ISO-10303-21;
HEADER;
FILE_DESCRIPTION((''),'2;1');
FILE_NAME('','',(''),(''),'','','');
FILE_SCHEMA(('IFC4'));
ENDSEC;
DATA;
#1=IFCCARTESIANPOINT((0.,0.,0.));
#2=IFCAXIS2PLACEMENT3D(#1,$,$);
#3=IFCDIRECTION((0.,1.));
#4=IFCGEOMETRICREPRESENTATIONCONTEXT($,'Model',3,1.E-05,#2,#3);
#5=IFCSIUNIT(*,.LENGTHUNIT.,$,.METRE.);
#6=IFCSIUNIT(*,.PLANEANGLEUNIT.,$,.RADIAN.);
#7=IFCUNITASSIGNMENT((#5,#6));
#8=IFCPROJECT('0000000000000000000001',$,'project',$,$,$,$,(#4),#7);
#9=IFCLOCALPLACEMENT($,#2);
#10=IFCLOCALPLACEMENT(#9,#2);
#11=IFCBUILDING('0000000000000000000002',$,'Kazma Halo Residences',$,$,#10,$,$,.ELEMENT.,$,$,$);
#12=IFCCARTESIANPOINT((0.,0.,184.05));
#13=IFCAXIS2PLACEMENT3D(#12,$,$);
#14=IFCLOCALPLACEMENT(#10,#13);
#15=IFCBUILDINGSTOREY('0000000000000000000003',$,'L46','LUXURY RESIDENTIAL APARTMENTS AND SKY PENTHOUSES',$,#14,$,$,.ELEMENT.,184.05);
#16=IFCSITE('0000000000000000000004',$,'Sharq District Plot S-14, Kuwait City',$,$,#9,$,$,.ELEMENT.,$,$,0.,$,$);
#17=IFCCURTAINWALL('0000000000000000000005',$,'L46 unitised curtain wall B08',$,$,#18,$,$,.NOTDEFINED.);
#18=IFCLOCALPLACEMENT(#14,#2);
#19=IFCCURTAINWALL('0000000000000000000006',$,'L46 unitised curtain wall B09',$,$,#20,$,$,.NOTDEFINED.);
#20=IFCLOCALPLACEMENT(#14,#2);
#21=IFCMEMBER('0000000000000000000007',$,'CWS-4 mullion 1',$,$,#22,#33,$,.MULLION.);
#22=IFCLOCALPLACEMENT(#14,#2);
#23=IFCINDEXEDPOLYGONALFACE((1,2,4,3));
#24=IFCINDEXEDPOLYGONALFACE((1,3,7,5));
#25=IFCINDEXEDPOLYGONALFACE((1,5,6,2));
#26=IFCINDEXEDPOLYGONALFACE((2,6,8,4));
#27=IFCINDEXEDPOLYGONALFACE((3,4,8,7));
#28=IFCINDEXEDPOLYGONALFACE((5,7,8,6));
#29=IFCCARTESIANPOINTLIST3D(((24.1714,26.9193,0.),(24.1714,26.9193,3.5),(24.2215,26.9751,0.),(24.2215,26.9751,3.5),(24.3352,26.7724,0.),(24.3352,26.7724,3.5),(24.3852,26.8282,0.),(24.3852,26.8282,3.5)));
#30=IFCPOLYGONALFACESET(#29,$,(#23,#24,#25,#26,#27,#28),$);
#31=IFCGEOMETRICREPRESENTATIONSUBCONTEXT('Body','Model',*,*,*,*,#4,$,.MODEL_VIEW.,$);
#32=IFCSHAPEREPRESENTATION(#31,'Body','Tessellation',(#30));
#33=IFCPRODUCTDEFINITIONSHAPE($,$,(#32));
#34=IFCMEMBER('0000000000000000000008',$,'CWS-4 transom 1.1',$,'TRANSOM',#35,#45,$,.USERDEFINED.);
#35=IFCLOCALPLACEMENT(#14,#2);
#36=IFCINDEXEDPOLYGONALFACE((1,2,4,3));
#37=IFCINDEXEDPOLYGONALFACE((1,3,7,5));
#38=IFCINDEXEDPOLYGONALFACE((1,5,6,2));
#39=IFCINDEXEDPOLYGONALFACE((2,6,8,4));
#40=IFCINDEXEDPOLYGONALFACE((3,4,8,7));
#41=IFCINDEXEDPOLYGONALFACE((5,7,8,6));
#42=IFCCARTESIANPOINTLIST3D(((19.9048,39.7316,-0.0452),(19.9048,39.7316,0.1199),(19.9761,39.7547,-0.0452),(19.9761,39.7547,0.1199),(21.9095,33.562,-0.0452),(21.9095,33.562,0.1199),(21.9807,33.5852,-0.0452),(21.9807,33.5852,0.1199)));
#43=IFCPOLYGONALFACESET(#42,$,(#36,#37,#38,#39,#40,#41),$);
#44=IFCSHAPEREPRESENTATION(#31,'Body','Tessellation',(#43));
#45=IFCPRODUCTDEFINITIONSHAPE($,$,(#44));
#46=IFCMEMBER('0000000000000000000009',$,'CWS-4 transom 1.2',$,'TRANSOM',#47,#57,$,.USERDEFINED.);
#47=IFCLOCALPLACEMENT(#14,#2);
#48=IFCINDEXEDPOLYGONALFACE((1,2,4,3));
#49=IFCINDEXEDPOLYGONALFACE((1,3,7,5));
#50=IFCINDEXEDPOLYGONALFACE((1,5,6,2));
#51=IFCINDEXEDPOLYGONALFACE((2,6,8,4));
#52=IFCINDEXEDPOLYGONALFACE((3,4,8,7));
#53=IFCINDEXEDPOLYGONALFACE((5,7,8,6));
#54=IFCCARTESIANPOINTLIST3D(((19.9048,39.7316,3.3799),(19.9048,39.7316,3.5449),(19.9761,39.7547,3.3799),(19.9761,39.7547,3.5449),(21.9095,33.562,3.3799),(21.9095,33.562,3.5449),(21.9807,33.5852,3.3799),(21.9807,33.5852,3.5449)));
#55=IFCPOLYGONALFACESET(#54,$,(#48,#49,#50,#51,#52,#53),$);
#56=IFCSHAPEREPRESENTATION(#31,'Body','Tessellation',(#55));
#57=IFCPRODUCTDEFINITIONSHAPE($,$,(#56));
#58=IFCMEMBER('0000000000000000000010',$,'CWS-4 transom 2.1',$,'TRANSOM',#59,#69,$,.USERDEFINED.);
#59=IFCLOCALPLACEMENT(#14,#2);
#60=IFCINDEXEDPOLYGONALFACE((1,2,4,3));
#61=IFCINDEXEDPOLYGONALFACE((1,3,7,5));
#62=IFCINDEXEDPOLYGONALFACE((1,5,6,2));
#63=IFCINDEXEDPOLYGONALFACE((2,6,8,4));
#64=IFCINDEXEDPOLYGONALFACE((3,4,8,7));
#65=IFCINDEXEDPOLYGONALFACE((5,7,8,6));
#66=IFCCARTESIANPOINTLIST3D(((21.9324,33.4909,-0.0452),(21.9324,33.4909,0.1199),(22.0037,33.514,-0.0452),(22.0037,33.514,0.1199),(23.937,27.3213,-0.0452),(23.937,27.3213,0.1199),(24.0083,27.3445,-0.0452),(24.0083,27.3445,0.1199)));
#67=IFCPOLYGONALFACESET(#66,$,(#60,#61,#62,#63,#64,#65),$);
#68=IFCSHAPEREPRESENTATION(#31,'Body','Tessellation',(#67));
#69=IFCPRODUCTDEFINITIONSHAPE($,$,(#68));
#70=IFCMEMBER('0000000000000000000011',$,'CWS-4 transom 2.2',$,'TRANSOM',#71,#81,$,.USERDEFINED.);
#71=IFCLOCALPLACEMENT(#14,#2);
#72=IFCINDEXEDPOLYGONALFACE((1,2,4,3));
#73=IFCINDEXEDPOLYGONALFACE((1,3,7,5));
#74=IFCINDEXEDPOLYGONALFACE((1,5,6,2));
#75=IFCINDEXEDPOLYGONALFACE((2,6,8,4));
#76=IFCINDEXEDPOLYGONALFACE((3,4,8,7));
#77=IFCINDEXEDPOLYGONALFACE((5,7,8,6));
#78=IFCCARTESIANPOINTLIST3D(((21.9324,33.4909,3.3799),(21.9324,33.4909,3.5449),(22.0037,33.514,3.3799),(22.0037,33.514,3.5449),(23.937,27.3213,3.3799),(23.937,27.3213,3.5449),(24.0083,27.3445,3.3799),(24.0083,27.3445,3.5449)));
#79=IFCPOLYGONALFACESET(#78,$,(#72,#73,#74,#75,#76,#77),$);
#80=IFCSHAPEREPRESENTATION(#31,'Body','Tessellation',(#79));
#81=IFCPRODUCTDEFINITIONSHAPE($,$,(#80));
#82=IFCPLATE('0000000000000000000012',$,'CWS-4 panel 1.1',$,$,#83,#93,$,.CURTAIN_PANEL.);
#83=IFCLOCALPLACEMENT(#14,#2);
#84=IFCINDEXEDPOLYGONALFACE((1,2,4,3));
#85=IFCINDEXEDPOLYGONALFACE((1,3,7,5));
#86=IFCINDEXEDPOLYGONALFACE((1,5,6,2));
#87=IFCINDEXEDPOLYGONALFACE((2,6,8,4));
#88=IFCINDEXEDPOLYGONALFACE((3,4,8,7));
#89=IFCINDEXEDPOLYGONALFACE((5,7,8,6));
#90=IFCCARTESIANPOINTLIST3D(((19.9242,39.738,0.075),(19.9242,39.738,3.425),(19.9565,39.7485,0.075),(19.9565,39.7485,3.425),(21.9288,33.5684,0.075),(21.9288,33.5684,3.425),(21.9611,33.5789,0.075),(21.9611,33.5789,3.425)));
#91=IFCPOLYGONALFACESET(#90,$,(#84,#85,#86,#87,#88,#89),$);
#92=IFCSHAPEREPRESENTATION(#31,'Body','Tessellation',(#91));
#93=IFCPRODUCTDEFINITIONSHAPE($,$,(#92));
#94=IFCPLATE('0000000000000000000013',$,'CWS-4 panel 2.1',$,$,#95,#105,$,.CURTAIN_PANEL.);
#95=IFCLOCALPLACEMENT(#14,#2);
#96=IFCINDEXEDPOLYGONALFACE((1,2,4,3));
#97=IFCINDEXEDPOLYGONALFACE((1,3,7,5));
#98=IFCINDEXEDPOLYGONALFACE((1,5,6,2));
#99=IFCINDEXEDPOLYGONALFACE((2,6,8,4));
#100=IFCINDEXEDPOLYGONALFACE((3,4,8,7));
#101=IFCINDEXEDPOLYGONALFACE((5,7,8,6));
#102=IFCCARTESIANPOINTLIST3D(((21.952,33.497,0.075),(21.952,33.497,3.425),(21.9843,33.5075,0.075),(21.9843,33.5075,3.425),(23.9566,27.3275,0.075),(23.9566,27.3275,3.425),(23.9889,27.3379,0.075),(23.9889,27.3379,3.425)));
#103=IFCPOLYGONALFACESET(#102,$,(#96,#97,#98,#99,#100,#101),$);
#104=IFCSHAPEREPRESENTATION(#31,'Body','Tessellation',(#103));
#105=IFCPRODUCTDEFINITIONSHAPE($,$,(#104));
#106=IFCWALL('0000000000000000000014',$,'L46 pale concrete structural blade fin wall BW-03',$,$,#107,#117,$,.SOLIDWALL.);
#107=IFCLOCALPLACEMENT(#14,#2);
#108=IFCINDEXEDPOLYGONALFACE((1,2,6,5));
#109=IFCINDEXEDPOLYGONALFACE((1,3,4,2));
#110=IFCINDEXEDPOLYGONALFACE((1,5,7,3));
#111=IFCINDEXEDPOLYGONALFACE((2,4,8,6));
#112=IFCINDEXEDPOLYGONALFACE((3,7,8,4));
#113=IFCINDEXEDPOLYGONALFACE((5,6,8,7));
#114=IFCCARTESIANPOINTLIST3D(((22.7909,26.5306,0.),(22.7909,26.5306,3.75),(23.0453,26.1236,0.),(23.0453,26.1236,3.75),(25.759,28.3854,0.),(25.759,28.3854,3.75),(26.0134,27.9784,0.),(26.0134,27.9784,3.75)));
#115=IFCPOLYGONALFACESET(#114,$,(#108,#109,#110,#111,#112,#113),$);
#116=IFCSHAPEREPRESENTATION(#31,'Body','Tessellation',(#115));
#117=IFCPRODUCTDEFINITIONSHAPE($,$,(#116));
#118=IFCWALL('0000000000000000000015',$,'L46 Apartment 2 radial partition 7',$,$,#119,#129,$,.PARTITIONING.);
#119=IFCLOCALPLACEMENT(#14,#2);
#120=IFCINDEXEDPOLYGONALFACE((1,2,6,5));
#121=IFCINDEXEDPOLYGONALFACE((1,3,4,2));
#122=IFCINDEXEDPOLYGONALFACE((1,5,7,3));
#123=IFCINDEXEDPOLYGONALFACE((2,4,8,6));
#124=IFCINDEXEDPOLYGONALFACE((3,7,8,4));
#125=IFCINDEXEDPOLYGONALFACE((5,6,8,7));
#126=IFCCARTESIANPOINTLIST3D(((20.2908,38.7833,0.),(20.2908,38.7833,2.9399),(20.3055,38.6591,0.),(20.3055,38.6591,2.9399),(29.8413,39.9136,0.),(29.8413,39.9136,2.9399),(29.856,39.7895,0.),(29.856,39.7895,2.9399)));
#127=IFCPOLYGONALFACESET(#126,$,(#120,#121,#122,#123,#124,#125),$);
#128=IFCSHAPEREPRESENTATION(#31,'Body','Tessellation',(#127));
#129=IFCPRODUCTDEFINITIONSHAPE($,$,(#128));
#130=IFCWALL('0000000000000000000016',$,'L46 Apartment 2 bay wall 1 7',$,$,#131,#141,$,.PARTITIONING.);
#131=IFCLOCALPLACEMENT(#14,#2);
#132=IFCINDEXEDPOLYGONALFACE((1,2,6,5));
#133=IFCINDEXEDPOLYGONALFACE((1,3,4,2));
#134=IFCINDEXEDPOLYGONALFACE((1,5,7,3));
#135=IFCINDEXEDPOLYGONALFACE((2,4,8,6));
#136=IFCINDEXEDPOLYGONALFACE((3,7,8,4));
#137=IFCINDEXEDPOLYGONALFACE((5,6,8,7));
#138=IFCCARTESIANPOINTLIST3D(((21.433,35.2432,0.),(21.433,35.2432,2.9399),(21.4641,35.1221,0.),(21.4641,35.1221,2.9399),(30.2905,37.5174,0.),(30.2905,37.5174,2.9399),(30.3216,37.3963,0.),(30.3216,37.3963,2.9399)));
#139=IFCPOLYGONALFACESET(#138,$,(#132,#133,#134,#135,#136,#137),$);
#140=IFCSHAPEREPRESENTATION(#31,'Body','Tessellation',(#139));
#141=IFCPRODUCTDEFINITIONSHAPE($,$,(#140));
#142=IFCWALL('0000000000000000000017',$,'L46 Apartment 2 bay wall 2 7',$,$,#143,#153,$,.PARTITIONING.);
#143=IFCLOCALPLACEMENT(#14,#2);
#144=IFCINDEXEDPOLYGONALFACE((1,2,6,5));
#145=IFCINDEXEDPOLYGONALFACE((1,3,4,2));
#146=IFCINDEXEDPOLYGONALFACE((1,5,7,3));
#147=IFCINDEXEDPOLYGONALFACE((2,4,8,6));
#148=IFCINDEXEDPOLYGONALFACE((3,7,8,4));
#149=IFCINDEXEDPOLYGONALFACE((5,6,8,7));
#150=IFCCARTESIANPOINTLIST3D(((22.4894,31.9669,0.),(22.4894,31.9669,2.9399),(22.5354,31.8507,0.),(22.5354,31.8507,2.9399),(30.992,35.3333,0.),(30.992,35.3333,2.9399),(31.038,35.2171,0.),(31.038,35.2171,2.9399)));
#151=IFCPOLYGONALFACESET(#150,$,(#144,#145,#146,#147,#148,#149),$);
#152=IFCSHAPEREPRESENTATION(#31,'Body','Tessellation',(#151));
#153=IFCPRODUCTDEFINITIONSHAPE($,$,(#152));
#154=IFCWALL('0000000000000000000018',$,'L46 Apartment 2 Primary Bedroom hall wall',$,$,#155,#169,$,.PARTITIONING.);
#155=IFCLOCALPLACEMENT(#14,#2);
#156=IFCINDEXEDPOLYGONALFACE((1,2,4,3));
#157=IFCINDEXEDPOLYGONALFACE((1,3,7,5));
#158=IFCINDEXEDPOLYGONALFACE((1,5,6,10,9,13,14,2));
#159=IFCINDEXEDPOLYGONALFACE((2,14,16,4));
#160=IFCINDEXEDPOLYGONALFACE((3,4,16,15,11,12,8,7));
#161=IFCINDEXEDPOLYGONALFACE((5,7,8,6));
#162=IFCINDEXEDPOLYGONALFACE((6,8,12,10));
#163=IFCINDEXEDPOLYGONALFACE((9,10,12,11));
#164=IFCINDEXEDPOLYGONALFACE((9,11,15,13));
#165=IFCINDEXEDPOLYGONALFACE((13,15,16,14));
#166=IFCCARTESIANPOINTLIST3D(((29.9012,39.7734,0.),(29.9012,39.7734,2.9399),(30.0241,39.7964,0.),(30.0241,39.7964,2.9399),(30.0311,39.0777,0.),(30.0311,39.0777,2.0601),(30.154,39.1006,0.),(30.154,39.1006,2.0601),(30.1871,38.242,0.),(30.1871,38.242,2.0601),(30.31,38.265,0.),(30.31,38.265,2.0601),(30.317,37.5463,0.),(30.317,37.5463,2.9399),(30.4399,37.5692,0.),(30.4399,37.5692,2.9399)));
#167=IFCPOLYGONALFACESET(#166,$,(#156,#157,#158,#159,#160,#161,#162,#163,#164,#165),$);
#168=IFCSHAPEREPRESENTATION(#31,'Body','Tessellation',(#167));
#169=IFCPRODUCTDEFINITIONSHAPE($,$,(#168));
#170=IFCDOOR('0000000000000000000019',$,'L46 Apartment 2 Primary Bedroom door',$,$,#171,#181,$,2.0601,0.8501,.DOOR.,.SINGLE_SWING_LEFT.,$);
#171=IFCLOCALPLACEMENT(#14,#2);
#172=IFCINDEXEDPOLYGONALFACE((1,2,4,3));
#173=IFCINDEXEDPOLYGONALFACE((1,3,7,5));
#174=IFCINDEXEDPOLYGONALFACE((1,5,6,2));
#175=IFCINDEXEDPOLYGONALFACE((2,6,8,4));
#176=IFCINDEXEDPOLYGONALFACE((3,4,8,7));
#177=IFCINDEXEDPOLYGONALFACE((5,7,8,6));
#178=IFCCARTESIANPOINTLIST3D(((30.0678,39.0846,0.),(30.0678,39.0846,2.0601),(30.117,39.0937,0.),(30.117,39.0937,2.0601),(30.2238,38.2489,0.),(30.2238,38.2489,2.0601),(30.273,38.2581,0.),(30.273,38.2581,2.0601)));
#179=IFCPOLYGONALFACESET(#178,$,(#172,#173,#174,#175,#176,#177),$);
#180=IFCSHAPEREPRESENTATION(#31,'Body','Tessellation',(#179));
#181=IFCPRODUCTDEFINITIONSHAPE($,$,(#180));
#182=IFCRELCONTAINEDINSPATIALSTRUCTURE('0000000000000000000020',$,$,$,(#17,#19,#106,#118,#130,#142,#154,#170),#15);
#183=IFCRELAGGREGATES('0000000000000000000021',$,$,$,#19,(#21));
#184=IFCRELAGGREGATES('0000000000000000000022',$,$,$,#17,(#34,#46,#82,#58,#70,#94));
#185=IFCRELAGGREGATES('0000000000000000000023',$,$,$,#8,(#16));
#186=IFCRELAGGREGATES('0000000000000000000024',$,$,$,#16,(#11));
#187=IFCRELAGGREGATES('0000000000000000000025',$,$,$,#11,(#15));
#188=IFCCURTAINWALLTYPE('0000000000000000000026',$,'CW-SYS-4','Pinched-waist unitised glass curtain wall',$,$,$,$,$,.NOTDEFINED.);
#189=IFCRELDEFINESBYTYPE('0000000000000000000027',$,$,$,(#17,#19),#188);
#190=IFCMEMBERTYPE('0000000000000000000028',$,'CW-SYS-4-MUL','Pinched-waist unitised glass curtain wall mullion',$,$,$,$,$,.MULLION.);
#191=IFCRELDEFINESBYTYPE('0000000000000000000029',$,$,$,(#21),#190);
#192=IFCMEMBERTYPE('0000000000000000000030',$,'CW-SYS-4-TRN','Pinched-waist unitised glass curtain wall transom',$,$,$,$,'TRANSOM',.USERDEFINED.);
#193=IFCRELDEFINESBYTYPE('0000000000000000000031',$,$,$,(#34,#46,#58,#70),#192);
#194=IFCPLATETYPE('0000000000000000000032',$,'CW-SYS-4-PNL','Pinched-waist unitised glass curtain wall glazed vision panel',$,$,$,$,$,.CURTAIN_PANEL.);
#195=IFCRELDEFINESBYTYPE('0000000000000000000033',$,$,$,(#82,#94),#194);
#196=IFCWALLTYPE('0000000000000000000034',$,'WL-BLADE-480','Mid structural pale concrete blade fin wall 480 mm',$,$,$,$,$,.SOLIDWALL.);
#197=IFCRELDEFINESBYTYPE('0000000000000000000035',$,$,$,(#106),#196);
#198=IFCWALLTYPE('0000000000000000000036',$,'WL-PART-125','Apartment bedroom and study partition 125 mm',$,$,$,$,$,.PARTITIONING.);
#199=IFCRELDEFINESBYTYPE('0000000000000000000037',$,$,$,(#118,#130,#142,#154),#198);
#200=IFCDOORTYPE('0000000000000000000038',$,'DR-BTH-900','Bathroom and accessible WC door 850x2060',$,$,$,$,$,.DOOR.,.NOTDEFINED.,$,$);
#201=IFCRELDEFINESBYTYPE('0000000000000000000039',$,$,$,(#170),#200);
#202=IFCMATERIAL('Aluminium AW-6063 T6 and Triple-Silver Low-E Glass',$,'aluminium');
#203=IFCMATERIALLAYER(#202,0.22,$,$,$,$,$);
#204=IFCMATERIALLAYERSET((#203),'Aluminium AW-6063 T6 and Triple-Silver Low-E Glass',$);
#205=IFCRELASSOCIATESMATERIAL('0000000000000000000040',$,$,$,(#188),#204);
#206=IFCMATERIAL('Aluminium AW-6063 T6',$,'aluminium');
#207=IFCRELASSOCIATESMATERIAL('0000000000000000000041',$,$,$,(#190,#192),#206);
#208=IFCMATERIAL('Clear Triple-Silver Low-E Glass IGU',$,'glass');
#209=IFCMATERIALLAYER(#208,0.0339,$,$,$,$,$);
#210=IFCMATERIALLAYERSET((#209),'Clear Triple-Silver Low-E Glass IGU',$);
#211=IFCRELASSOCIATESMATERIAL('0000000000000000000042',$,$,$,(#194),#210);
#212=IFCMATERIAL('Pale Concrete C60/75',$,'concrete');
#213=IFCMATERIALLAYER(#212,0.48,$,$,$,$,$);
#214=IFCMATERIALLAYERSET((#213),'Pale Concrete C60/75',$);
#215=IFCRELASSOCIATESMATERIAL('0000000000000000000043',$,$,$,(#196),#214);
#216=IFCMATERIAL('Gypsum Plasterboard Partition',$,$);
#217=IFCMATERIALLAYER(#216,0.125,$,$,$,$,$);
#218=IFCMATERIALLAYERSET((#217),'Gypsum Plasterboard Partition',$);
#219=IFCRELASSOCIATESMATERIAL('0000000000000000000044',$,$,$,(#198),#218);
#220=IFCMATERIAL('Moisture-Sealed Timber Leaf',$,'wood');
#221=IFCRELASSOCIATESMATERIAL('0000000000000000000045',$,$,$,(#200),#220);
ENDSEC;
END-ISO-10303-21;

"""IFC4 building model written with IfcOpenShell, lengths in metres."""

from ifc_helpers import new_model, si_unit, direction, frame, frame_2d, origin, origin_2d, place, context, subcontext, project, spatial, rectangle, extrude, material, layer, layer_set, material_profile, profile_set, type_object, element, fill, aggregate, save


model = new_model("IFC4")

# Units and contexts
model_context = context("Model", 3, precision=1e-05, world=origin(), true_north=direction((0.0, 1.0)))
body_context = subcontext(model_context, "Body", "Model", "MODEL_VIEW")
ifc_project = project(units=[si_unit("LENGTHUNIT", "METRE"), si_unit("PLANEANGLEUNIT", "RADIAN")], contexts=[model_context])

# Site, building, storey
site_placement = place(None, origin())
site = spatial("IfcSite", under=ifc_project, at=site_placement, Name="Sharq District Plot S-14, Kuwait City", CompositionType="ELEMENT", RefElevation=0.0)
building_placement = place(site_placement, origin())
building = spatial("IfcBuilding", under=site, at=building_placement, Name="Kazma Halo Residences", CompositionType="ELEMENT")
storey_placement = place(building_placement, frame((0.0, 0.0, 184.05)))
storey = spatial("IfcBuildingStorey", under=building, at=storey_placement, Name="L46", Description="LUXURY RESIDENTIAL APARTMENTS AND SKY PENTHOUSES", CompositionType="ELEMENT", Elevation=184.05)

# Curtain wall
ifc_material_1 = material(Name="Aluminium AW-6063 T6 and Triple-Silver Low-E Glass", Category="aluminium")
ifc_layer_1 = layer(ifc_material_1, 0.22)
ifc_layer_set_1 = layer_set([ifc_layer_1], Name="Aluminium AW-6063 T6 and Triple-Silver Low-E Glass")
curtain_wall_type = type_object("IfcCurtainWallType", Name="CW-SYS-4", Description="Pinched-waist unitised glass curtain wall", PredefinedType="NOTDEFINED", material=ifc_layer_set_1)
curtain_wall_1_placement = place(storey_placement, origin())
curtain_wall_1 = element("IfcCurtainWall", 1, at=curtain_wall_1_placement, inside=storey, type_object=curtain_wall_type, Name="L46 unitised curtain wall B08", PredefinedType="NOTDEFINED")
ifc_material_2 = material(Name="Aluminium AW-6063 T6", Category="aluminium")
ifc_material_profile_1 = material_profile(ifc_material_2, rectangle(XDim=0.075, YDim=0.22, at=origin_2d()), Name="CWM-75x220")
ifc_profile_set_1 = profile_set([ifc_material_profile_1], Name="Aluminium AW-6063 T6")
member_type_1 = type_object("IfcMemberType", Name="CW-SYS-4-MUL", Description="Pinched-waist unitised glass curtain wall mullion", PredefinedType="MULLION", material=ifc_profile_set_1)

# Curtain wall, member
curtain_wall_2_placement = place(storey_placement, origin())
curtain_wall_2 = element("IfcCurtainWall", 2, at=curtain_wall_2_placement, inside=storey, type_object=curtain_wall_type, Name="L46 unitised curtain wall B09", PredefinedType="NOTDEFINED")
member_1_placement = place(storey_placement, frame((24.2783, 26.8738, 0.0), z_axis=(0.0, 0.0, 1.0), x_axis=(0.667784, 0.744355, 0.0)))
member_1 = element("IfcMember", 3, at=member_1_placement, type_object=member_type_1, Name="CWS-4 mullion 1", PredefinedType="MULLION", context=body_context, shape_type="SweptSolid", body=[
    extrude(rectangle(XDim=0.075, YDim=0.22, at=origin_2d()), origin(), (0.0, 0.0, 1.0), 3.5),
])
aggregate(curtain_wall_2, [member_1])

# Members
ifc_material_profile_2 = material_profile(ifc_material_2, rectangle(XDim=0.075, YDim=0.165, at=origin_2d()), Name="CWT-75x165")
ifc_profile_set_2 = profile_set([ifc_material_profile_2], Name="Aluminium AW-6063 T6")
member_type_2 = type_object("IfcMemberType", Name="CW-SYS-4-TRN", Description="Pinched-waist unitised glass curtain wall transom", ElementType="TRANSOM", PredefinedType="USERDEFINED", material=ifc_profile_set_2)
member_2_placement = place(storey_placement, frame((19.9404, 39.7432, 0.0374), z_axis=(0.309027, -0.951053, 0.0), x_axis=(0.951053, 0.309027, 0.0)))
member_2 = element("IfcMember", 4, at=member_2_placement, type_object=member_type_2, Name="CWS-4 transom 1.1", ObjectType="TRANSOM", PredefinedType="USERDEFINED", context=body_context, shape_type="SweptSolid", body=[
    extrude(rectangle(XDim=0.075, YDim=0.165, at=origin_2d()), origin(), (0.0, 0.0, 1.0), 6.4871),
])
member_3_placement = place(storey_placement, frame((19.9404, 39.7432, 3.4624), z_axis=(0.309027, -0.951053, 0.0), x_axis=(0.951053, 0.309027, 0.0)))
member_3 = element("IfcMember", 5, at=member_3_placement, type_object=member_type_2, Name="CWS-4 transom 1.2", ObjectType="TRANSOM", PredefinedType="USERDEFINED", context=body_context, shape_type="SweptSolid", body=[
    extrude(rectangle(XDim=0.075, YDim=0.165, at=origin_2d()), origin(), (0.0, 0.0, 1.0), 6.4871),
])
member_4_placement = place(storey_placement, frame((21.968, 33.5024, 0.0374), z_axis=(0.309015, -0.951057, 0.0), x_axis=(0.951057, 0.309015, 0.0)))
member_4 = element("IfcMember", 6, at=member_4_placement, type_object=member_type_2, Name="CWS-4 transom 2.1", ObjectType="TRANSOM", PredefinedType="USERDEFINED", context=body_context, shape_type="SweptSolid", body=[
    extrude(rectangle(XDim=0.075, YDim=0.165, at=origin_2d()), origin(), (0.0, 0.0, 1.0), 6.4871),
])
member_5_placement = place(storey_placement, frame((21.968, 33.5024, 3.4624), z_axis=(0.309015, -0.951057, 0.0), x_axis=(0.951057, 0.309015, 0.0)))
member_5 = element("IfcMember", 7, at=member_5_placement, type_object=member_type_2, Name="CWS-4 transom 2.2", ObjectType="TRANSOM", PredefinedType="USERDEFINED", context=body_context, shape_type="SweptSolid", body=[
    extrude(rectangle(XDim=0.075, YDim=0.165, at=origin_2d()), origin(), (0.0, 0.0, 1.0), 6.4871),
])

# Plates
ifc_material_3 = material(Name="Clear Triple-Silver Low-E Glass IGU", Category="glass")
ifc_layer_2 = layer(ifc_material_3, 0.0339)
ifc_layer_set_2 = layer_set([ifc_layer_2], Name="Clear Triple-Silver Low-E Glass IGU")
plate_type = type_object("IfcPlateType", Name="CW-SYS-4-PNL", Description="Pinched-waist unitised glass curtain wall glazed vision panel", PredefinedType="CURTAIN_PANEL", material=ifc_layer_set_2)
plate_1_placement = place(storey_placement, frame((20.9426, 36.6584, 0.075), z_axis=(0.0, 0.0, 1.0), x_axis=(0.309016, -0.951057, 0.0)))
plate_1 = element("IfcPlate", 8, at=plate_1_placement, type_object=plate_type, Name="CWS-4 panel 1.1", PredefinedType="CURTAIN_PANEL", context=body_context, shape_type="SweptSolid", body=[
    extrude(rectangle(XDim=6.4871, YDim=0.0339, at=origin_2d()), origin(), (0.0, 0.0, 1.0), 3.3501),
])
plate_2_placement = place(storey_placement, frame((22.9705, 30.4175, 0.075), z_axis=(0.0, 0.0, 1.0), x_axis=(0.309016, -0.951057, 0.0)))
plate_2 = element("IfcPlate", 9, at=plate_2_placement, type_object=plate_type, Name="CWS-4 panel 2.1", PredefinedType="CURTAIN_PANEL", context=body_context, shape_type="SweptSolid", body=[
    extrude(rectangle(XDim=6.4871, YDim=0.0339, at=origin_2d()), origin(), (0.0, 0.0, 1.0), 3.3501),
])
aggregate(curtain_wall_1, [member_2, member_3, plate_1, member_4, member_5, plate_2])

# Walls
ifc_material_4 = material(Name="Pale Concrete C60/75", Category="concrete")
ifc_layer_3 = layer(ifc_material_4, 0.48)
ifc_layer_set_3 = layer_set([ifc_layer_3], Name="Pale Concrete C60/75")
wall_type_1 = type_object("IfcWallType", Name="WL-BLADE-480", Description="Mid structural pale concrete blade fin wall 480 mm", PredefinedType="SOLIDWALL", material=ifc_layer_set_3)
wall_1_placement = place(storey_placement, frame((25.8862, 28.1819, 0.0), z_axis=(0.0, 0.0, 1.0), x_axis=(-0.848034, -0.529943, 0.0)))
element("IfcWall", 10, at=wall_1_placement, inside=storey, type_object=wall_type_1, Name="L46 pale concrete structural blade fin wall BW-03", PredefinedType="SOLIDWALL", context=body_context, shape_type="SweptSolid", body=[
    extrude(rectangle(XDim=3.5, YDim=0.48, at=frame_2d((1.75, 0.0))), origin(), (0.0, 0.0, 1.0), 3.75),
])
ifc_material_5 = material(Name="Gypsum Plasterboard Partition")
ifc_layer_4 = layer(ifc_material_5, 0.125)
ifc_layer_set_4 = layer_set([ifc_layer_4], Name="Gypsum Plasterboard Partition")
wall_type_2 = type_object("IfcWallType", Name="WL-PART-125", Description="Apartment bedroom and study partition 125 mm", PredefinedType="PARTITIONING", material=ifc_layer_set_4)
wall_2_placement = place(storey_placement, frame((29.8486, 39.8516, 0.0), z_axis=(0.0, 0.0, 1.0), x_axis=(-0.993069, -0.117536, 0.0)))
element("IfcWall", 11, at=wall_2_placement, inside=storey, type_object=wall_type_2, Name="L46 Apartment 2 radial partition 7", PredefinedType="PARTITIONING", context=body_context, shape_type="SweptSolid", body=[
    extrude(rectangle(XDim=9.6172, YDim=0.125, at=frame_2d((4.8086, 0.0))), origin(), (0.0, 0.0, 1.0), 2.9399),
])
for number, where, z_axis, x_axis, name in (
    (12, (30.3059, 37.4568, 0.0), (0.0, 0.0, 1.0), (-0.968584, -0.248687, 0.0), "L46 Apartment 2 bay wall 1 7"),
    (13, (31.0149, 35.2751, 0.0), (0.0, 0.0, 1.0), (-0.929776, -0.368125, 0.0), "L46 Apartment 2 bay wall 2 7"),
):
    element("IfcWall", number, at=place(storey_placement, frame(where, z_axis=z_axis, x_axis=x_axis)), inside=storey, type_object=wall_type_2, Name=name, PredefinedType="PARTITIONING", context=body_context, shape_type="SweptSolid", body=[
        extrude(rectangle(XDim=9.1448, YDim=0.125, at=frame_2d((4.5723, 0.0))), origin(), (0.0, 0.0, 1.0), 2.9399),
    ])

# Wall, opening, door
wall_3_placement = place(storey_placement, frame((29.9626, 39.7849, 0.0), z_axis=(0.0, 0.0, 1.0), x_axis=(0.183521, -0.983016, 0.0)))
wall_3 = element("IfcWall", 14, at=wall_3_placement, inside=storey, type_object=wall_type_2, Name="L46 Apartment 2 Primary Bedroom hall wall", PredefinedType="PARTITIONING", context=body_context, shape_type="SweptSolid", body=[
    extrude(rectangle(XDim=2.2656, YDim=0.125, at=frame_2d((1.1328, 0.0))), origin(), (0.0, 0.0, 1.0), 2.9399),
])
opening_1_placement = place(wall_3_placement, frame((0.7078, 0.0, 0.0)))
opening_1 = element("IfcOpeningElement", 15, at=opening_1_placement, cuts=wall_3, PredefinedType="OPENING", context=body_context, shape_type="SweptSolid", body=[
    extrude(rectangle(XDim=0.8501, YDim=2.0601, at=frame_2d((0.425, 1.03))), frame((0.0, 0.0725, 0.0), z_axis=(0.0, -1.0, 0.0), x_axis=(1.0, 0.0, 0.0)), (0.0, 0.0, 1.0), 0.145),
])
ifc_material_6 = material(Name="Moisture-Sealed Timber Leaf", Category="wood")
door_type = type_object("IfcDoorType", Name="DR-BTH-900", Description="Bathroom and accessible WC door 850x2060", OperationType="NOTDEFINED", PredefinedType="DOOR", material=ifc_material_6)
door_1_placement = place(opening_1_placement, origin())
door_1 = element("IfcDoor", 16, at=door_1_placement, inside=storey, type_object=door_type, Name="L46 Apartment 2 Primary Bedroom door", OperationType="SINGLE_SWING_LEFT", OverallHeight=2.0601, OverallWidth=0.8501, PredefinedType="DOOR", context=body_context, shape_type="SweptSolid", body=[
    extrude(rectangle(XDim=0.8501, YDim=2.0601, at=frame_2d((0.425, 1.03))), frame((0.0, 0.0249, 0.0), z_axis=(0.0, -1.0, 0.0), x_axis=(1.0, 0.0, 0.0)), (0.0, 0.0, 1.0), 0.05),
])
fill(opening_1, door_1)

save(model, "model.ifc")
